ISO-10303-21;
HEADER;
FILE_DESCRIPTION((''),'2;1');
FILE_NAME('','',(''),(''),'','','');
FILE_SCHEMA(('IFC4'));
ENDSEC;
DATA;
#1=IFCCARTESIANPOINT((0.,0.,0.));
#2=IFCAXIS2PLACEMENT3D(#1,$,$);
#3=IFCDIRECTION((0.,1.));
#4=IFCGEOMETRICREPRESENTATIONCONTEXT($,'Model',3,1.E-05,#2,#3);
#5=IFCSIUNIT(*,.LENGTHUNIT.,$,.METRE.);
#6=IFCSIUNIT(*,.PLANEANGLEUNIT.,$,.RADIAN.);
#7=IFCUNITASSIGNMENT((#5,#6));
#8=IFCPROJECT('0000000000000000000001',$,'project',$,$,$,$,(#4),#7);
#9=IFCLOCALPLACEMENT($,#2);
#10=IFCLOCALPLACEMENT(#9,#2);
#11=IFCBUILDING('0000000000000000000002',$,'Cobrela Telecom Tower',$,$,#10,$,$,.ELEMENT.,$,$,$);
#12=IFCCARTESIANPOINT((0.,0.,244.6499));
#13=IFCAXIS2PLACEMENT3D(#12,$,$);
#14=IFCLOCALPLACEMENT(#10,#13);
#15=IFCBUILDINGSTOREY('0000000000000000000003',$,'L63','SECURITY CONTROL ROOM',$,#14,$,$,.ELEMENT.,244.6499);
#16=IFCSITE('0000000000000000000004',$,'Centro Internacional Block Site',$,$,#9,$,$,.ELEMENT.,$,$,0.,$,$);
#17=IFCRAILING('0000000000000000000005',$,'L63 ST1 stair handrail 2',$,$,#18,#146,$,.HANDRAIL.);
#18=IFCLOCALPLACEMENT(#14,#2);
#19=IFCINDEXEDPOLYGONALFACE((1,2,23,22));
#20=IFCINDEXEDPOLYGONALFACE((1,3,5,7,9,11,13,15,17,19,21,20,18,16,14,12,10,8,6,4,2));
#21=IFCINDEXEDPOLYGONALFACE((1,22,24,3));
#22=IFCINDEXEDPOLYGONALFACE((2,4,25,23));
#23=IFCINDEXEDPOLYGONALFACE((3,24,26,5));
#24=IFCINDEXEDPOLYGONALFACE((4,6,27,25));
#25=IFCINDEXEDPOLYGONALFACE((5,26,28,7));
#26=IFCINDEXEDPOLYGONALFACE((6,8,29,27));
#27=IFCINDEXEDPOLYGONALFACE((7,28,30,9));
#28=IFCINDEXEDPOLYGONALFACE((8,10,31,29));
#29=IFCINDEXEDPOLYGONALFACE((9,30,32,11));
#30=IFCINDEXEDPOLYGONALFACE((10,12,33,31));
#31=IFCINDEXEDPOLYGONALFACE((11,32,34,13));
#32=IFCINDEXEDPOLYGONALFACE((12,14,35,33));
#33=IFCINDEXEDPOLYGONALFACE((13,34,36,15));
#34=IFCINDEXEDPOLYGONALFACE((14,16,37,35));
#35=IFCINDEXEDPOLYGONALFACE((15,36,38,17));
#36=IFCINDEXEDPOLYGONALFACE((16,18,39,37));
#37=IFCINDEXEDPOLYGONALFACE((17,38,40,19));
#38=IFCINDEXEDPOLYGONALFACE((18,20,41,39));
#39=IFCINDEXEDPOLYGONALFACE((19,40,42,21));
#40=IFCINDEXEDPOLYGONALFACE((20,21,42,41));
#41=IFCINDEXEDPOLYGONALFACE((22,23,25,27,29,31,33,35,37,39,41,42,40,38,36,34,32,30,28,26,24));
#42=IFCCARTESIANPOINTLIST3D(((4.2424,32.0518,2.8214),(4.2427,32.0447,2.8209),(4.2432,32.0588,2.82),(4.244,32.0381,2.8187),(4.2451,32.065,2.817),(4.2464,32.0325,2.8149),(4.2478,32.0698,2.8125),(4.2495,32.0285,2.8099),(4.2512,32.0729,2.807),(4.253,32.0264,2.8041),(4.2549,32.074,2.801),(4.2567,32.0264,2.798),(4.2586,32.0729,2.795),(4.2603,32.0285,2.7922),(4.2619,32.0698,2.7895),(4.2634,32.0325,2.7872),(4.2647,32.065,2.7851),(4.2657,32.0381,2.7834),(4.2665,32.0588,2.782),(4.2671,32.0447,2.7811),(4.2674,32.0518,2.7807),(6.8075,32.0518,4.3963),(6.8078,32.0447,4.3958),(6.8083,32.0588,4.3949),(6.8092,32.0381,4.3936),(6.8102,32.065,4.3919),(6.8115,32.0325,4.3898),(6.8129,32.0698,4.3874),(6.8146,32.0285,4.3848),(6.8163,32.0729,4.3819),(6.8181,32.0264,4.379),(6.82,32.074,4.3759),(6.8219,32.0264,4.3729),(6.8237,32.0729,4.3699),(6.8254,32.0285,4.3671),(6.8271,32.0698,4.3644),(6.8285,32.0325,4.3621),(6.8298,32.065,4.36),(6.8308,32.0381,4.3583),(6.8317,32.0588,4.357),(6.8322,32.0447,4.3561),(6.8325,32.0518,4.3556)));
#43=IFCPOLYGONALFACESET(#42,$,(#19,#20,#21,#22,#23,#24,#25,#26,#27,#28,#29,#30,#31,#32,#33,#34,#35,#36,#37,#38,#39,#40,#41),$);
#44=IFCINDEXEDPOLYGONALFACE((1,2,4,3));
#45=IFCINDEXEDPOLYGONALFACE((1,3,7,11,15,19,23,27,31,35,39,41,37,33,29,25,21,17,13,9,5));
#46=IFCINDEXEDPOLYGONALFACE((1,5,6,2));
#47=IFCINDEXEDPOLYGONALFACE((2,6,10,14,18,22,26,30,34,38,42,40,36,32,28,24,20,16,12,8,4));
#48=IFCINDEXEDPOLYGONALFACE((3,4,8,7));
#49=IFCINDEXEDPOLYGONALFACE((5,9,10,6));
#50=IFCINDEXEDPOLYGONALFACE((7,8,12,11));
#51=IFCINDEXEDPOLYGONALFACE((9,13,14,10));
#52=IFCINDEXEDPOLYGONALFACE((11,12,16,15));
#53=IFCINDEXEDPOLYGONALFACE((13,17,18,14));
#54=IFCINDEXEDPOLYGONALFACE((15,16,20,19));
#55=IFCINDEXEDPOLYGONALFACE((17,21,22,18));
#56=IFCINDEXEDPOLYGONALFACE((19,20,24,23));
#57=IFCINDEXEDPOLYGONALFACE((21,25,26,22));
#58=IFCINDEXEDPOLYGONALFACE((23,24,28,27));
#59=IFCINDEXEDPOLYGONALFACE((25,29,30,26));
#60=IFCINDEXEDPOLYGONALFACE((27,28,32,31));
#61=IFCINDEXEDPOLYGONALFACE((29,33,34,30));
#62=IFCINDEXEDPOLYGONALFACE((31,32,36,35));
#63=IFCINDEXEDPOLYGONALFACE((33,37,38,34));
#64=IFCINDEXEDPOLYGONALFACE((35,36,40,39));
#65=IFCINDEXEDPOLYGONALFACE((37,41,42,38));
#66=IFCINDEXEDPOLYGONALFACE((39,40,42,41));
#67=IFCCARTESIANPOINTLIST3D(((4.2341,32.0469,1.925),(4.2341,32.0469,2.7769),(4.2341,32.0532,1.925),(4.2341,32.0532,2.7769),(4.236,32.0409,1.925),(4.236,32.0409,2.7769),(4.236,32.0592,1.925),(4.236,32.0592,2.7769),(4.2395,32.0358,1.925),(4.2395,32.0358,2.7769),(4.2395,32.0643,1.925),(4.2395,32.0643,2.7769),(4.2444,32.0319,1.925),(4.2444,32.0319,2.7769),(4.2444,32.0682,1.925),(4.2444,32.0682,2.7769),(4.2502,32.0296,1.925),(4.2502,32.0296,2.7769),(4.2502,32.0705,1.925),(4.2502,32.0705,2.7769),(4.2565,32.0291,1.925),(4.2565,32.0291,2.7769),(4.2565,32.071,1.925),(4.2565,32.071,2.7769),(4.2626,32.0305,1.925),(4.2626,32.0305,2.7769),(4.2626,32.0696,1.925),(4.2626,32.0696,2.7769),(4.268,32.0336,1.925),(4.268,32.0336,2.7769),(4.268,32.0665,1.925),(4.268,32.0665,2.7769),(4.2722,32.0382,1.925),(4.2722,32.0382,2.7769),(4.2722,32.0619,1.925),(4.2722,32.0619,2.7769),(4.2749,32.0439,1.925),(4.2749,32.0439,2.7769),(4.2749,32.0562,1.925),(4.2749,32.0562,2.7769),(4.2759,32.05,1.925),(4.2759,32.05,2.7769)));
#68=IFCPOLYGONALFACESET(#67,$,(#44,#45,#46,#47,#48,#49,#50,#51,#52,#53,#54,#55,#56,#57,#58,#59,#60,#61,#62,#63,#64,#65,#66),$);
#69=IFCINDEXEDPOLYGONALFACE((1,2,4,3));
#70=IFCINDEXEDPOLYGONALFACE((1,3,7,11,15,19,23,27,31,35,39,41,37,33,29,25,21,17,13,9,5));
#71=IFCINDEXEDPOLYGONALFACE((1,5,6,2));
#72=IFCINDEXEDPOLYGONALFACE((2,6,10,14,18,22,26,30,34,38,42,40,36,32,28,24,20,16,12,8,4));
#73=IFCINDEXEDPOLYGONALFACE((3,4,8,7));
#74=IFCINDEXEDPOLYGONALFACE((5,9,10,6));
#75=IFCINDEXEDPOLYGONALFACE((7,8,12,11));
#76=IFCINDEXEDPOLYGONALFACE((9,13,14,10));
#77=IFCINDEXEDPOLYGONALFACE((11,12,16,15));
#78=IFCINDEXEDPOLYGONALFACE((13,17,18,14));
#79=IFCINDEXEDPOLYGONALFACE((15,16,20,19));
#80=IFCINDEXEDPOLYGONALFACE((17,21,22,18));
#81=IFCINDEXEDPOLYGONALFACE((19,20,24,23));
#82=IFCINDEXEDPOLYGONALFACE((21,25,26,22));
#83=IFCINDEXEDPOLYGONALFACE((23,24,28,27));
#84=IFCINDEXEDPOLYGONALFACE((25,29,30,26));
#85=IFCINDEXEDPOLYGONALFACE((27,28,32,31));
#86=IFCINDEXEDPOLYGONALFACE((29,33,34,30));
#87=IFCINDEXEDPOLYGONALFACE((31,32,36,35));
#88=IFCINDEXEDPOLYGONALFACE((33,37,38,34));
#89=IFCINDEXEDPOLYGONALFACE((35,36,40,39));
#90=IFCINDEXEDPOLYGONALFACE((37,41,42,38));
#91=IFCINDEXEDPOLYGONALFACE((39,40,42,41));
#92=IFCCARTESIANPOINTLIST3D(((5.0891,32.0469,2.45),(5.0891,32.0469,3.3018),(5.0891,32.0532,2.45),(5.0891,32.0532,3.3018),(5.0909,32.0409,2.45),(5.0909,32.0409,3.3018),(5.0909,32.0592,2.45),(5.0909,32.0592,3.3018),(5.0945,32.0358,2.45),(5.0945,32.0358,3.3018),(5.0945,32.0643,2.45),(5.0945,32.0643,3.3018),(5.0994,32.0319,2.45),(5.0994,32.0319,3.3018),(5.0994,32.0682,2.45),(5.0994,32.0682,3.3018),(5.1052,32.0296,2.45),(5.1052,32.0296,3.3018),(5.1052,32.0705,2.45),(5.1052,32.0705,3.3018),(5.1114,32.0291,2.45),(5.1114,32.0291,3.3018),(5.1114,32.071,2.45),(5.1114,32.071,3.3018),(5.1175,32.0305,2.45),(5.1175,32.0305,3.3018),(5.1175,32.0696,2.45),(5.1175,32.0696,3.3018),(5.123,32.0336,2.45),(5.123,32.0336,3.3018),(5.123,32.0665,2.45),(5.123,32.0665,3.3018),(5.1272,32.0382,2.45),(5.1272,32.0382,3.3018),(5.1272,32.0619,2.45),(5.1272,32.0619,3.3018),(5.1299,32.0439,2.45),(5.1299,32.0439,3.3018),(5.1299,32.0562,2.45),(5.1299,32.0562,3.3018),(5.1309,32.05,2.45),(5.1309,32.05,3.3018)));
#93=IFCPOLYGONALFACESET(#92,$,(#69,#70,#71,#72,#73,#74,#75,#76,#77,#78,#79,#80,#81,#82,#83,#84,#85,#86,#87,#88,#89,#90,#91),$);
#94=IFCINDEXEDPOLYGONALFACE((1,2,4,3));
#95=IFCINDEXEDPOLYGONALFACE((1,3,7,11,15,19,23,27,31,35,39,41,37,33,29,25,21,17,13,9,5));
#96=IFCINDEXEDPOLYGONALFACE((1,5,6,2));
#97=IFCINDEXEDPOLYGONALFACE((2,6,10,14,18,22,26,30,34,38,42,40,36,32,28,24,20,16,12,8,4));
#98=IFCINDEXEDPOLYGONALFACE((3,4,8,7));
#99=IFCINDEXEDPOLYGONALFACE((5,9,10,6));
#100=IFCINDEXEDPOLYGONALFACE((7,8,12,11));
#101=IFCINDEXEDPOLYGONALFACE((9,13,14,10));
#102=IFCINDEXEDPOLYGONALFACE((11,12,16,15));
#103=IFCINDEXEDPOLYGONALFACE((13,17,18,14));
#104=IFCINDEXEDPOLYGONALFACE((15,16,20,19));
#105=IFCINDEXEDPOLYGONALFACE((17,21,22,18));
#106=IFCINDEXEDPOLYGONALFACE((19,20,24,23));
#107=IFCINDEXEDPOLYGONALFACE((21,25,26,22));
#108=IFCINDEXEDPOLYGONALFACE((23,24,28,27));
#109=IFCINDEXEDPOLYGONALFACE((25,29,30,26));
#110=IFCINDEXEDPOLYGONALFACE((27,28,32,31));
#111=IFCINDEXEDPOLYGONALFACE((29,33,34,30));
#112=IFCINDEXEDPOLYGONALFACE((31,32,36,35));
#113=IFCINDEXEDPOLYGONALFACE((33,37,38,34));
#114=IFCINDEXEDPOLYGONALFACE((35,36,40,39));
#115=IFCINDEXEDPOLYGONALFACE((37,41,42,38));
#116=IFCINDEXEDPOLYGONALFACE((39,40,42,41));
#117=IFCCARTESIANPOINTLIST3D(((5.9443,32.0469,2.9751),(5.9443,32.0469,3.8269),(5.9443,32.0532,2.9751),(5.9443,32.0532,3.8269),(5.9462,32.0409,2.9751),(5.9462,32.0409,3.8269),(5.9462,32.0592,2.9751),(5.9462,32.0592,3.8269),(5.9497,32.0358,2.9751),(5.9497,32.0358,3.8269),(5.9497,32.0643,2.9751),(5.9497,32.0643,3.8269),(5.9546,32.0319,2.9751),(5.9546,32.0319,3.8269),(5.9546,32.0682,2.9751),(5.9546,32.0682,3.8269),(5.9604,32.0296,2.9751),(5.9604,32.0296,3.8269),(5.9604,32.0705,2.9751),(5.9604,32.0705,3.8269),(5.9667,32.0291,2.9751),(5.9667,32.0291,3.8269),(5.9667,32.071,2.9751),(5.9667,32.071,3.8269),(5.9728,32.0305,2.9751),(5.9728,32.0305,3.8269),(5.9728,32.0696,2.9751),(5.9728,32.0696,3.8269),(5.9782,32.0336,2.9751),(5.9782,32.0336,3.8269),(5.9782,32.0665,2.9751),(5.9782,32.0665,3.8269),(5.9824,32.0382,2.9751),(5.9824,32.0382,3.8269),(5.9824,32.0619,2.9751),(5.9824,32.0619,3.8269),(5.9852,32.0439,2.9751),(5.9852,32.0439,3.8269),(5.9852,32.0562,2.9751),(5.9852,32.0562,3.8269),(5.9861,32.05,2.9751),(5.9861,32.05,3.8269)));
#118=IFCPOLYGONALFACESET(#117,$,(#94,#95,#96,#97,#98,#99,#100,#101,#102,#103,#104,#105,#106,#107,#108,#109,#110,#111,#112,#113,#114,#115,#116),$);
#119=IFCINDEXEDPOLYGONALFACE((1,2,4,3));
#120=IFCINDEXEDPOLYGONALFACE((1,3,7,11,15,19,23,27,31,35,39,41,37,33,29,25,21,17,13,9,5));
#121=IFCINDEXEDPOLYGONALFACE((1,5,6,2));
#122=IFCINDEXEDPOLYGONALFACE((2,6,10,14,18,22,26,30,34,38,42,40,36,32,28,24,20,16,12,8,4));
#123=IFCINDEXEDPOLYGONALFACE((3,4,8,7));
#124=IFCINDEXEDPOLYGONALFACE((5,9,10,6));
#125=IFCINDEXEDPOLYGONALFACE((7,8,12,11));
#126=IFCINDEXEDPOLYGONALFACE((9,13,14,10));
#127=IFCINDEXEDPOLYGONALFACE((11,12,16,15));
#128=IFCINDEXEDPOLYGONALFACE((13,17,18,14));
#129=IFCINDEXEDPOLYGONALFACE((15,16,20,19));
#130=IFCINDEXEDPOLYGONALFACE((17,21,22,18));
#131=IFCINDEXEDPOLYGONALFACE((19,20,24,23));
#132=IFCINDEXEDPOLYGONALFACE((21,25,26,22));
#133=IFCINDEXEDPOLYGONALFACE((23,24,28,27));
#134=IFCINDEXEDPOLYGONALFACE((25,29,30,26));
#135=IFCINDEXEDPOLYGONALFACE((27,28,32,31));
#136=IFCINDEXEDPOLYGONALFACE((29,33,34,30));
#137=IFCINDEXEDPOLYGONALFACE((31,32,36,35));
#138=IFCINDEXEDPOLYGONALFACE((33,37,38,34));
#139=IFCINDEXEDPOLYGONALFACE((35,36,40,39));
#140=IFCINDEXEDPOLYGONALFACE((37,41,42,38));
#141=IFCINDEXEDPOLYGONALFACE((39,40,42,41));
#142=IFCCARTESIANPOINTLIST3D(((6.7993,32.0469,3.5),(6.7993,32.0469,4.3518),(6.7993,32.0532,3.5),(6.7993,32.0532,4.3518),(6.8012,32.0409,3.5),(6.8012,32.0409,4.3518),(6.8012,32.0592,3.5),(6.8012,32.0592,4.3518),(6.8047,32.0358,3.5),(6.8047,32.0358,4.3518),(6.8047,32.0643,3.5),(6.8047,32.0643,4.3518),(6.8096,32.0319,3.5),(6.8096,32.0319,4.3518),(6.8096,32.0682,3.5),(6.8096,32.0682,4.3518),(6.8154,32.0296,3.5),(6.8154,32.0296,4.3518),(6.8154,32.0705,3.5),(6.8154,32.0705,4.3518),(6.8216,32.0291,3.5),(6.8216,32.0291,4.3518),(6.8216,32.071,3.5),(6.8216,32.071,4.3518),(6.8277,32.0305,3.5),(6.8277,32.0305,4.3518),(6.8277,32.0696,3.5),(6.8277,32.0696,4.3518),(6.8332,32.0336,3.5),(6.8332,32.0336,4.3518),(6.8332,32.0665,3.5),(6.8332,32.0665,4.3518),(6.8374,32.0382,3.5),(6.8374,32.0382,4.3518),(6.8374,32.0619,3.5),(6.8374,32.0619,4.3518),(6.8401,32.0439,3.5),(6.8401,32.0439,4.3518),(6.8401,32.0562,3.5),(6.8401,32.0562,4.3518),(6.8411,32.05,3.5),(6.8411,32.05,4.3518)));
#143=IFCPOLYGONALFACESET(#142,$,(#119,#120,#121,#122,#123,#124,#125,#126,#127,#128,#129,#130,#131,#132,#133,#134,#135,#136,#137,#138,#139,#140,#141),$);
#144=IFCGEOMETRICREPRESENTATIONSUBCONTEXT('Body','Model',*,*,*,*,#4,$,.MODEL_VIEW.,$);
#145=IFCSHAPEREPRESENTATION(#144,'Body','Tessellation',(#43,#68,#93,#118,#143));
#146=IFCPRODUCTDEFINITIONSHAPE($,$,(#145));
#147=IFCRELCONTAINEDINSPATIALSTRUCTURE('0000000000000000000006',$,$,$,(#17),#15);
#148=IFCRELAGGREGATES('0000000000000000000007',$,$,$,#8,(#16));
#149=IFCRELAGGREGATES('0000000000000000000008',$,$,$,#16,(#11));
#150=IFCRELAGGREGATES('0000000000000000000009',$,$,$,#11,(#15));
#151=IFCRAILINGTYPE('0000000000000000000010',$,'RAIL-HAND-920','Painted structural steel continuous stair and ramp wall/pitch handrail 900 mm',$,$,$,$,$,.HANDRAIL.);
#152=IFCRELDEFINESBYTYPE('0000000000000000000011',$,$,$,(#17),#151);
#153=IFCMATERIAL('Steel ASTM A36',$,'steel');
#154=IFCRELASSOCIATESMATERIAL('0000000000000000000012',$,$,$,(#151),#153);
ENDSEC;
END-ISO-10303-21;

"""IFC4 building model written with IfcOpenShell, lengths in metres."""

from ifc_helpers import new_model, si_unit, direction, frame, origin, origin_2d, place, context, subcontext, project, spatial, circle, extrude, material, type_object, element, save


model = new_model("IFC4")

# Units and contexts
model_context = context("Model", 3, precision=1e-05, world=origin(), true_north=direction((0.0, 1.0)))
body_context = subcontext(model_context, "Body", "Model", "MODEL_VIEW")
ifc_project = project(units=[si_unit("LENGTHUNIT", "METRE"), si_unit("PLANEANGLEUNIT", "RADIAN")], contexts=[model_context])

# Site, building, storey
site_placement = place(None, origin())
site = spatial("IfcSite", under=ifc_project, at=site_placement, Name="Centro Internacional Block Site", CompositionType="ELEMENT", RefElevation=0.0)
building_placement = place(site_placement, origin())
building = spatial("IfcBuilding", under=site, at=building_placement, Name="Cobrela Telecom Tower", CompositionType="ELEMENT")
storey_placement = place(building_placement, frame((0.0, 0.0, 244.6499)))
storey = spatial("IfcBuildingStorey", under=building, at=storey_placement, Name="L63", Description="SECURITY CONTROL ROOM", CompositionType="ELEMENT", Elevation=244.6499)

# Shared definitions
ifc_material_1 = material(Name="Steel ASTM A36", Category="steel")

# Railing
railing_type_1 = type_object("IfcRailingType", Name="RAIL-HAND-920", Description="Painted structural steel continuous stair and ramp wall/pitch handrail 900 mm", PredefinedType="HANDRAIL", material=ifc_material_1)
railing_1_placement = place(storey_placement, frame((4.2549, 32.05, 1.925)))
element("IfcRailing", 1, at=railing_1_placement, inside=storey, type_object=railing_type_1, Name="L63 ST1 stair handrail 2", PredefinedType="HANDRAIL", context=body_context, shape_type="SweptSolid", body=[
    extrude(circle(Radius=0.0239, at=origin_2d()), frame((0.0, 0.0, 0.876), z_axis=(0.852195, 0.0, 0.523224), x_axis=(0.0, 1.0, 0.0)), (0.0, 0.0, 1.0), 3.01),
    extrude(circle(Radius=0.021, at=origin_2d()), origin(), (0.0, 0.0, 1.0), 0.8518),
    extrude(circle(Radius=0.021, at=origin_2d()), frame((0.855, 0.0, 0.5249)), (0.0, 0.0, 1.0), 0.8518),
    extrude(circle(Radius=0.021, at=origin_2d()), frame((1.7102, 0.0, 1.05)), (0.0, 0.0, 1.0), 0.8518),
    extrude(circle(Radius=0.021, at=origin_2d()), frame((2.5652, 0.0, 1.575)), (0.0, 0.0, 1.0), 0.8518),
])

save(model, "model.ifc")
